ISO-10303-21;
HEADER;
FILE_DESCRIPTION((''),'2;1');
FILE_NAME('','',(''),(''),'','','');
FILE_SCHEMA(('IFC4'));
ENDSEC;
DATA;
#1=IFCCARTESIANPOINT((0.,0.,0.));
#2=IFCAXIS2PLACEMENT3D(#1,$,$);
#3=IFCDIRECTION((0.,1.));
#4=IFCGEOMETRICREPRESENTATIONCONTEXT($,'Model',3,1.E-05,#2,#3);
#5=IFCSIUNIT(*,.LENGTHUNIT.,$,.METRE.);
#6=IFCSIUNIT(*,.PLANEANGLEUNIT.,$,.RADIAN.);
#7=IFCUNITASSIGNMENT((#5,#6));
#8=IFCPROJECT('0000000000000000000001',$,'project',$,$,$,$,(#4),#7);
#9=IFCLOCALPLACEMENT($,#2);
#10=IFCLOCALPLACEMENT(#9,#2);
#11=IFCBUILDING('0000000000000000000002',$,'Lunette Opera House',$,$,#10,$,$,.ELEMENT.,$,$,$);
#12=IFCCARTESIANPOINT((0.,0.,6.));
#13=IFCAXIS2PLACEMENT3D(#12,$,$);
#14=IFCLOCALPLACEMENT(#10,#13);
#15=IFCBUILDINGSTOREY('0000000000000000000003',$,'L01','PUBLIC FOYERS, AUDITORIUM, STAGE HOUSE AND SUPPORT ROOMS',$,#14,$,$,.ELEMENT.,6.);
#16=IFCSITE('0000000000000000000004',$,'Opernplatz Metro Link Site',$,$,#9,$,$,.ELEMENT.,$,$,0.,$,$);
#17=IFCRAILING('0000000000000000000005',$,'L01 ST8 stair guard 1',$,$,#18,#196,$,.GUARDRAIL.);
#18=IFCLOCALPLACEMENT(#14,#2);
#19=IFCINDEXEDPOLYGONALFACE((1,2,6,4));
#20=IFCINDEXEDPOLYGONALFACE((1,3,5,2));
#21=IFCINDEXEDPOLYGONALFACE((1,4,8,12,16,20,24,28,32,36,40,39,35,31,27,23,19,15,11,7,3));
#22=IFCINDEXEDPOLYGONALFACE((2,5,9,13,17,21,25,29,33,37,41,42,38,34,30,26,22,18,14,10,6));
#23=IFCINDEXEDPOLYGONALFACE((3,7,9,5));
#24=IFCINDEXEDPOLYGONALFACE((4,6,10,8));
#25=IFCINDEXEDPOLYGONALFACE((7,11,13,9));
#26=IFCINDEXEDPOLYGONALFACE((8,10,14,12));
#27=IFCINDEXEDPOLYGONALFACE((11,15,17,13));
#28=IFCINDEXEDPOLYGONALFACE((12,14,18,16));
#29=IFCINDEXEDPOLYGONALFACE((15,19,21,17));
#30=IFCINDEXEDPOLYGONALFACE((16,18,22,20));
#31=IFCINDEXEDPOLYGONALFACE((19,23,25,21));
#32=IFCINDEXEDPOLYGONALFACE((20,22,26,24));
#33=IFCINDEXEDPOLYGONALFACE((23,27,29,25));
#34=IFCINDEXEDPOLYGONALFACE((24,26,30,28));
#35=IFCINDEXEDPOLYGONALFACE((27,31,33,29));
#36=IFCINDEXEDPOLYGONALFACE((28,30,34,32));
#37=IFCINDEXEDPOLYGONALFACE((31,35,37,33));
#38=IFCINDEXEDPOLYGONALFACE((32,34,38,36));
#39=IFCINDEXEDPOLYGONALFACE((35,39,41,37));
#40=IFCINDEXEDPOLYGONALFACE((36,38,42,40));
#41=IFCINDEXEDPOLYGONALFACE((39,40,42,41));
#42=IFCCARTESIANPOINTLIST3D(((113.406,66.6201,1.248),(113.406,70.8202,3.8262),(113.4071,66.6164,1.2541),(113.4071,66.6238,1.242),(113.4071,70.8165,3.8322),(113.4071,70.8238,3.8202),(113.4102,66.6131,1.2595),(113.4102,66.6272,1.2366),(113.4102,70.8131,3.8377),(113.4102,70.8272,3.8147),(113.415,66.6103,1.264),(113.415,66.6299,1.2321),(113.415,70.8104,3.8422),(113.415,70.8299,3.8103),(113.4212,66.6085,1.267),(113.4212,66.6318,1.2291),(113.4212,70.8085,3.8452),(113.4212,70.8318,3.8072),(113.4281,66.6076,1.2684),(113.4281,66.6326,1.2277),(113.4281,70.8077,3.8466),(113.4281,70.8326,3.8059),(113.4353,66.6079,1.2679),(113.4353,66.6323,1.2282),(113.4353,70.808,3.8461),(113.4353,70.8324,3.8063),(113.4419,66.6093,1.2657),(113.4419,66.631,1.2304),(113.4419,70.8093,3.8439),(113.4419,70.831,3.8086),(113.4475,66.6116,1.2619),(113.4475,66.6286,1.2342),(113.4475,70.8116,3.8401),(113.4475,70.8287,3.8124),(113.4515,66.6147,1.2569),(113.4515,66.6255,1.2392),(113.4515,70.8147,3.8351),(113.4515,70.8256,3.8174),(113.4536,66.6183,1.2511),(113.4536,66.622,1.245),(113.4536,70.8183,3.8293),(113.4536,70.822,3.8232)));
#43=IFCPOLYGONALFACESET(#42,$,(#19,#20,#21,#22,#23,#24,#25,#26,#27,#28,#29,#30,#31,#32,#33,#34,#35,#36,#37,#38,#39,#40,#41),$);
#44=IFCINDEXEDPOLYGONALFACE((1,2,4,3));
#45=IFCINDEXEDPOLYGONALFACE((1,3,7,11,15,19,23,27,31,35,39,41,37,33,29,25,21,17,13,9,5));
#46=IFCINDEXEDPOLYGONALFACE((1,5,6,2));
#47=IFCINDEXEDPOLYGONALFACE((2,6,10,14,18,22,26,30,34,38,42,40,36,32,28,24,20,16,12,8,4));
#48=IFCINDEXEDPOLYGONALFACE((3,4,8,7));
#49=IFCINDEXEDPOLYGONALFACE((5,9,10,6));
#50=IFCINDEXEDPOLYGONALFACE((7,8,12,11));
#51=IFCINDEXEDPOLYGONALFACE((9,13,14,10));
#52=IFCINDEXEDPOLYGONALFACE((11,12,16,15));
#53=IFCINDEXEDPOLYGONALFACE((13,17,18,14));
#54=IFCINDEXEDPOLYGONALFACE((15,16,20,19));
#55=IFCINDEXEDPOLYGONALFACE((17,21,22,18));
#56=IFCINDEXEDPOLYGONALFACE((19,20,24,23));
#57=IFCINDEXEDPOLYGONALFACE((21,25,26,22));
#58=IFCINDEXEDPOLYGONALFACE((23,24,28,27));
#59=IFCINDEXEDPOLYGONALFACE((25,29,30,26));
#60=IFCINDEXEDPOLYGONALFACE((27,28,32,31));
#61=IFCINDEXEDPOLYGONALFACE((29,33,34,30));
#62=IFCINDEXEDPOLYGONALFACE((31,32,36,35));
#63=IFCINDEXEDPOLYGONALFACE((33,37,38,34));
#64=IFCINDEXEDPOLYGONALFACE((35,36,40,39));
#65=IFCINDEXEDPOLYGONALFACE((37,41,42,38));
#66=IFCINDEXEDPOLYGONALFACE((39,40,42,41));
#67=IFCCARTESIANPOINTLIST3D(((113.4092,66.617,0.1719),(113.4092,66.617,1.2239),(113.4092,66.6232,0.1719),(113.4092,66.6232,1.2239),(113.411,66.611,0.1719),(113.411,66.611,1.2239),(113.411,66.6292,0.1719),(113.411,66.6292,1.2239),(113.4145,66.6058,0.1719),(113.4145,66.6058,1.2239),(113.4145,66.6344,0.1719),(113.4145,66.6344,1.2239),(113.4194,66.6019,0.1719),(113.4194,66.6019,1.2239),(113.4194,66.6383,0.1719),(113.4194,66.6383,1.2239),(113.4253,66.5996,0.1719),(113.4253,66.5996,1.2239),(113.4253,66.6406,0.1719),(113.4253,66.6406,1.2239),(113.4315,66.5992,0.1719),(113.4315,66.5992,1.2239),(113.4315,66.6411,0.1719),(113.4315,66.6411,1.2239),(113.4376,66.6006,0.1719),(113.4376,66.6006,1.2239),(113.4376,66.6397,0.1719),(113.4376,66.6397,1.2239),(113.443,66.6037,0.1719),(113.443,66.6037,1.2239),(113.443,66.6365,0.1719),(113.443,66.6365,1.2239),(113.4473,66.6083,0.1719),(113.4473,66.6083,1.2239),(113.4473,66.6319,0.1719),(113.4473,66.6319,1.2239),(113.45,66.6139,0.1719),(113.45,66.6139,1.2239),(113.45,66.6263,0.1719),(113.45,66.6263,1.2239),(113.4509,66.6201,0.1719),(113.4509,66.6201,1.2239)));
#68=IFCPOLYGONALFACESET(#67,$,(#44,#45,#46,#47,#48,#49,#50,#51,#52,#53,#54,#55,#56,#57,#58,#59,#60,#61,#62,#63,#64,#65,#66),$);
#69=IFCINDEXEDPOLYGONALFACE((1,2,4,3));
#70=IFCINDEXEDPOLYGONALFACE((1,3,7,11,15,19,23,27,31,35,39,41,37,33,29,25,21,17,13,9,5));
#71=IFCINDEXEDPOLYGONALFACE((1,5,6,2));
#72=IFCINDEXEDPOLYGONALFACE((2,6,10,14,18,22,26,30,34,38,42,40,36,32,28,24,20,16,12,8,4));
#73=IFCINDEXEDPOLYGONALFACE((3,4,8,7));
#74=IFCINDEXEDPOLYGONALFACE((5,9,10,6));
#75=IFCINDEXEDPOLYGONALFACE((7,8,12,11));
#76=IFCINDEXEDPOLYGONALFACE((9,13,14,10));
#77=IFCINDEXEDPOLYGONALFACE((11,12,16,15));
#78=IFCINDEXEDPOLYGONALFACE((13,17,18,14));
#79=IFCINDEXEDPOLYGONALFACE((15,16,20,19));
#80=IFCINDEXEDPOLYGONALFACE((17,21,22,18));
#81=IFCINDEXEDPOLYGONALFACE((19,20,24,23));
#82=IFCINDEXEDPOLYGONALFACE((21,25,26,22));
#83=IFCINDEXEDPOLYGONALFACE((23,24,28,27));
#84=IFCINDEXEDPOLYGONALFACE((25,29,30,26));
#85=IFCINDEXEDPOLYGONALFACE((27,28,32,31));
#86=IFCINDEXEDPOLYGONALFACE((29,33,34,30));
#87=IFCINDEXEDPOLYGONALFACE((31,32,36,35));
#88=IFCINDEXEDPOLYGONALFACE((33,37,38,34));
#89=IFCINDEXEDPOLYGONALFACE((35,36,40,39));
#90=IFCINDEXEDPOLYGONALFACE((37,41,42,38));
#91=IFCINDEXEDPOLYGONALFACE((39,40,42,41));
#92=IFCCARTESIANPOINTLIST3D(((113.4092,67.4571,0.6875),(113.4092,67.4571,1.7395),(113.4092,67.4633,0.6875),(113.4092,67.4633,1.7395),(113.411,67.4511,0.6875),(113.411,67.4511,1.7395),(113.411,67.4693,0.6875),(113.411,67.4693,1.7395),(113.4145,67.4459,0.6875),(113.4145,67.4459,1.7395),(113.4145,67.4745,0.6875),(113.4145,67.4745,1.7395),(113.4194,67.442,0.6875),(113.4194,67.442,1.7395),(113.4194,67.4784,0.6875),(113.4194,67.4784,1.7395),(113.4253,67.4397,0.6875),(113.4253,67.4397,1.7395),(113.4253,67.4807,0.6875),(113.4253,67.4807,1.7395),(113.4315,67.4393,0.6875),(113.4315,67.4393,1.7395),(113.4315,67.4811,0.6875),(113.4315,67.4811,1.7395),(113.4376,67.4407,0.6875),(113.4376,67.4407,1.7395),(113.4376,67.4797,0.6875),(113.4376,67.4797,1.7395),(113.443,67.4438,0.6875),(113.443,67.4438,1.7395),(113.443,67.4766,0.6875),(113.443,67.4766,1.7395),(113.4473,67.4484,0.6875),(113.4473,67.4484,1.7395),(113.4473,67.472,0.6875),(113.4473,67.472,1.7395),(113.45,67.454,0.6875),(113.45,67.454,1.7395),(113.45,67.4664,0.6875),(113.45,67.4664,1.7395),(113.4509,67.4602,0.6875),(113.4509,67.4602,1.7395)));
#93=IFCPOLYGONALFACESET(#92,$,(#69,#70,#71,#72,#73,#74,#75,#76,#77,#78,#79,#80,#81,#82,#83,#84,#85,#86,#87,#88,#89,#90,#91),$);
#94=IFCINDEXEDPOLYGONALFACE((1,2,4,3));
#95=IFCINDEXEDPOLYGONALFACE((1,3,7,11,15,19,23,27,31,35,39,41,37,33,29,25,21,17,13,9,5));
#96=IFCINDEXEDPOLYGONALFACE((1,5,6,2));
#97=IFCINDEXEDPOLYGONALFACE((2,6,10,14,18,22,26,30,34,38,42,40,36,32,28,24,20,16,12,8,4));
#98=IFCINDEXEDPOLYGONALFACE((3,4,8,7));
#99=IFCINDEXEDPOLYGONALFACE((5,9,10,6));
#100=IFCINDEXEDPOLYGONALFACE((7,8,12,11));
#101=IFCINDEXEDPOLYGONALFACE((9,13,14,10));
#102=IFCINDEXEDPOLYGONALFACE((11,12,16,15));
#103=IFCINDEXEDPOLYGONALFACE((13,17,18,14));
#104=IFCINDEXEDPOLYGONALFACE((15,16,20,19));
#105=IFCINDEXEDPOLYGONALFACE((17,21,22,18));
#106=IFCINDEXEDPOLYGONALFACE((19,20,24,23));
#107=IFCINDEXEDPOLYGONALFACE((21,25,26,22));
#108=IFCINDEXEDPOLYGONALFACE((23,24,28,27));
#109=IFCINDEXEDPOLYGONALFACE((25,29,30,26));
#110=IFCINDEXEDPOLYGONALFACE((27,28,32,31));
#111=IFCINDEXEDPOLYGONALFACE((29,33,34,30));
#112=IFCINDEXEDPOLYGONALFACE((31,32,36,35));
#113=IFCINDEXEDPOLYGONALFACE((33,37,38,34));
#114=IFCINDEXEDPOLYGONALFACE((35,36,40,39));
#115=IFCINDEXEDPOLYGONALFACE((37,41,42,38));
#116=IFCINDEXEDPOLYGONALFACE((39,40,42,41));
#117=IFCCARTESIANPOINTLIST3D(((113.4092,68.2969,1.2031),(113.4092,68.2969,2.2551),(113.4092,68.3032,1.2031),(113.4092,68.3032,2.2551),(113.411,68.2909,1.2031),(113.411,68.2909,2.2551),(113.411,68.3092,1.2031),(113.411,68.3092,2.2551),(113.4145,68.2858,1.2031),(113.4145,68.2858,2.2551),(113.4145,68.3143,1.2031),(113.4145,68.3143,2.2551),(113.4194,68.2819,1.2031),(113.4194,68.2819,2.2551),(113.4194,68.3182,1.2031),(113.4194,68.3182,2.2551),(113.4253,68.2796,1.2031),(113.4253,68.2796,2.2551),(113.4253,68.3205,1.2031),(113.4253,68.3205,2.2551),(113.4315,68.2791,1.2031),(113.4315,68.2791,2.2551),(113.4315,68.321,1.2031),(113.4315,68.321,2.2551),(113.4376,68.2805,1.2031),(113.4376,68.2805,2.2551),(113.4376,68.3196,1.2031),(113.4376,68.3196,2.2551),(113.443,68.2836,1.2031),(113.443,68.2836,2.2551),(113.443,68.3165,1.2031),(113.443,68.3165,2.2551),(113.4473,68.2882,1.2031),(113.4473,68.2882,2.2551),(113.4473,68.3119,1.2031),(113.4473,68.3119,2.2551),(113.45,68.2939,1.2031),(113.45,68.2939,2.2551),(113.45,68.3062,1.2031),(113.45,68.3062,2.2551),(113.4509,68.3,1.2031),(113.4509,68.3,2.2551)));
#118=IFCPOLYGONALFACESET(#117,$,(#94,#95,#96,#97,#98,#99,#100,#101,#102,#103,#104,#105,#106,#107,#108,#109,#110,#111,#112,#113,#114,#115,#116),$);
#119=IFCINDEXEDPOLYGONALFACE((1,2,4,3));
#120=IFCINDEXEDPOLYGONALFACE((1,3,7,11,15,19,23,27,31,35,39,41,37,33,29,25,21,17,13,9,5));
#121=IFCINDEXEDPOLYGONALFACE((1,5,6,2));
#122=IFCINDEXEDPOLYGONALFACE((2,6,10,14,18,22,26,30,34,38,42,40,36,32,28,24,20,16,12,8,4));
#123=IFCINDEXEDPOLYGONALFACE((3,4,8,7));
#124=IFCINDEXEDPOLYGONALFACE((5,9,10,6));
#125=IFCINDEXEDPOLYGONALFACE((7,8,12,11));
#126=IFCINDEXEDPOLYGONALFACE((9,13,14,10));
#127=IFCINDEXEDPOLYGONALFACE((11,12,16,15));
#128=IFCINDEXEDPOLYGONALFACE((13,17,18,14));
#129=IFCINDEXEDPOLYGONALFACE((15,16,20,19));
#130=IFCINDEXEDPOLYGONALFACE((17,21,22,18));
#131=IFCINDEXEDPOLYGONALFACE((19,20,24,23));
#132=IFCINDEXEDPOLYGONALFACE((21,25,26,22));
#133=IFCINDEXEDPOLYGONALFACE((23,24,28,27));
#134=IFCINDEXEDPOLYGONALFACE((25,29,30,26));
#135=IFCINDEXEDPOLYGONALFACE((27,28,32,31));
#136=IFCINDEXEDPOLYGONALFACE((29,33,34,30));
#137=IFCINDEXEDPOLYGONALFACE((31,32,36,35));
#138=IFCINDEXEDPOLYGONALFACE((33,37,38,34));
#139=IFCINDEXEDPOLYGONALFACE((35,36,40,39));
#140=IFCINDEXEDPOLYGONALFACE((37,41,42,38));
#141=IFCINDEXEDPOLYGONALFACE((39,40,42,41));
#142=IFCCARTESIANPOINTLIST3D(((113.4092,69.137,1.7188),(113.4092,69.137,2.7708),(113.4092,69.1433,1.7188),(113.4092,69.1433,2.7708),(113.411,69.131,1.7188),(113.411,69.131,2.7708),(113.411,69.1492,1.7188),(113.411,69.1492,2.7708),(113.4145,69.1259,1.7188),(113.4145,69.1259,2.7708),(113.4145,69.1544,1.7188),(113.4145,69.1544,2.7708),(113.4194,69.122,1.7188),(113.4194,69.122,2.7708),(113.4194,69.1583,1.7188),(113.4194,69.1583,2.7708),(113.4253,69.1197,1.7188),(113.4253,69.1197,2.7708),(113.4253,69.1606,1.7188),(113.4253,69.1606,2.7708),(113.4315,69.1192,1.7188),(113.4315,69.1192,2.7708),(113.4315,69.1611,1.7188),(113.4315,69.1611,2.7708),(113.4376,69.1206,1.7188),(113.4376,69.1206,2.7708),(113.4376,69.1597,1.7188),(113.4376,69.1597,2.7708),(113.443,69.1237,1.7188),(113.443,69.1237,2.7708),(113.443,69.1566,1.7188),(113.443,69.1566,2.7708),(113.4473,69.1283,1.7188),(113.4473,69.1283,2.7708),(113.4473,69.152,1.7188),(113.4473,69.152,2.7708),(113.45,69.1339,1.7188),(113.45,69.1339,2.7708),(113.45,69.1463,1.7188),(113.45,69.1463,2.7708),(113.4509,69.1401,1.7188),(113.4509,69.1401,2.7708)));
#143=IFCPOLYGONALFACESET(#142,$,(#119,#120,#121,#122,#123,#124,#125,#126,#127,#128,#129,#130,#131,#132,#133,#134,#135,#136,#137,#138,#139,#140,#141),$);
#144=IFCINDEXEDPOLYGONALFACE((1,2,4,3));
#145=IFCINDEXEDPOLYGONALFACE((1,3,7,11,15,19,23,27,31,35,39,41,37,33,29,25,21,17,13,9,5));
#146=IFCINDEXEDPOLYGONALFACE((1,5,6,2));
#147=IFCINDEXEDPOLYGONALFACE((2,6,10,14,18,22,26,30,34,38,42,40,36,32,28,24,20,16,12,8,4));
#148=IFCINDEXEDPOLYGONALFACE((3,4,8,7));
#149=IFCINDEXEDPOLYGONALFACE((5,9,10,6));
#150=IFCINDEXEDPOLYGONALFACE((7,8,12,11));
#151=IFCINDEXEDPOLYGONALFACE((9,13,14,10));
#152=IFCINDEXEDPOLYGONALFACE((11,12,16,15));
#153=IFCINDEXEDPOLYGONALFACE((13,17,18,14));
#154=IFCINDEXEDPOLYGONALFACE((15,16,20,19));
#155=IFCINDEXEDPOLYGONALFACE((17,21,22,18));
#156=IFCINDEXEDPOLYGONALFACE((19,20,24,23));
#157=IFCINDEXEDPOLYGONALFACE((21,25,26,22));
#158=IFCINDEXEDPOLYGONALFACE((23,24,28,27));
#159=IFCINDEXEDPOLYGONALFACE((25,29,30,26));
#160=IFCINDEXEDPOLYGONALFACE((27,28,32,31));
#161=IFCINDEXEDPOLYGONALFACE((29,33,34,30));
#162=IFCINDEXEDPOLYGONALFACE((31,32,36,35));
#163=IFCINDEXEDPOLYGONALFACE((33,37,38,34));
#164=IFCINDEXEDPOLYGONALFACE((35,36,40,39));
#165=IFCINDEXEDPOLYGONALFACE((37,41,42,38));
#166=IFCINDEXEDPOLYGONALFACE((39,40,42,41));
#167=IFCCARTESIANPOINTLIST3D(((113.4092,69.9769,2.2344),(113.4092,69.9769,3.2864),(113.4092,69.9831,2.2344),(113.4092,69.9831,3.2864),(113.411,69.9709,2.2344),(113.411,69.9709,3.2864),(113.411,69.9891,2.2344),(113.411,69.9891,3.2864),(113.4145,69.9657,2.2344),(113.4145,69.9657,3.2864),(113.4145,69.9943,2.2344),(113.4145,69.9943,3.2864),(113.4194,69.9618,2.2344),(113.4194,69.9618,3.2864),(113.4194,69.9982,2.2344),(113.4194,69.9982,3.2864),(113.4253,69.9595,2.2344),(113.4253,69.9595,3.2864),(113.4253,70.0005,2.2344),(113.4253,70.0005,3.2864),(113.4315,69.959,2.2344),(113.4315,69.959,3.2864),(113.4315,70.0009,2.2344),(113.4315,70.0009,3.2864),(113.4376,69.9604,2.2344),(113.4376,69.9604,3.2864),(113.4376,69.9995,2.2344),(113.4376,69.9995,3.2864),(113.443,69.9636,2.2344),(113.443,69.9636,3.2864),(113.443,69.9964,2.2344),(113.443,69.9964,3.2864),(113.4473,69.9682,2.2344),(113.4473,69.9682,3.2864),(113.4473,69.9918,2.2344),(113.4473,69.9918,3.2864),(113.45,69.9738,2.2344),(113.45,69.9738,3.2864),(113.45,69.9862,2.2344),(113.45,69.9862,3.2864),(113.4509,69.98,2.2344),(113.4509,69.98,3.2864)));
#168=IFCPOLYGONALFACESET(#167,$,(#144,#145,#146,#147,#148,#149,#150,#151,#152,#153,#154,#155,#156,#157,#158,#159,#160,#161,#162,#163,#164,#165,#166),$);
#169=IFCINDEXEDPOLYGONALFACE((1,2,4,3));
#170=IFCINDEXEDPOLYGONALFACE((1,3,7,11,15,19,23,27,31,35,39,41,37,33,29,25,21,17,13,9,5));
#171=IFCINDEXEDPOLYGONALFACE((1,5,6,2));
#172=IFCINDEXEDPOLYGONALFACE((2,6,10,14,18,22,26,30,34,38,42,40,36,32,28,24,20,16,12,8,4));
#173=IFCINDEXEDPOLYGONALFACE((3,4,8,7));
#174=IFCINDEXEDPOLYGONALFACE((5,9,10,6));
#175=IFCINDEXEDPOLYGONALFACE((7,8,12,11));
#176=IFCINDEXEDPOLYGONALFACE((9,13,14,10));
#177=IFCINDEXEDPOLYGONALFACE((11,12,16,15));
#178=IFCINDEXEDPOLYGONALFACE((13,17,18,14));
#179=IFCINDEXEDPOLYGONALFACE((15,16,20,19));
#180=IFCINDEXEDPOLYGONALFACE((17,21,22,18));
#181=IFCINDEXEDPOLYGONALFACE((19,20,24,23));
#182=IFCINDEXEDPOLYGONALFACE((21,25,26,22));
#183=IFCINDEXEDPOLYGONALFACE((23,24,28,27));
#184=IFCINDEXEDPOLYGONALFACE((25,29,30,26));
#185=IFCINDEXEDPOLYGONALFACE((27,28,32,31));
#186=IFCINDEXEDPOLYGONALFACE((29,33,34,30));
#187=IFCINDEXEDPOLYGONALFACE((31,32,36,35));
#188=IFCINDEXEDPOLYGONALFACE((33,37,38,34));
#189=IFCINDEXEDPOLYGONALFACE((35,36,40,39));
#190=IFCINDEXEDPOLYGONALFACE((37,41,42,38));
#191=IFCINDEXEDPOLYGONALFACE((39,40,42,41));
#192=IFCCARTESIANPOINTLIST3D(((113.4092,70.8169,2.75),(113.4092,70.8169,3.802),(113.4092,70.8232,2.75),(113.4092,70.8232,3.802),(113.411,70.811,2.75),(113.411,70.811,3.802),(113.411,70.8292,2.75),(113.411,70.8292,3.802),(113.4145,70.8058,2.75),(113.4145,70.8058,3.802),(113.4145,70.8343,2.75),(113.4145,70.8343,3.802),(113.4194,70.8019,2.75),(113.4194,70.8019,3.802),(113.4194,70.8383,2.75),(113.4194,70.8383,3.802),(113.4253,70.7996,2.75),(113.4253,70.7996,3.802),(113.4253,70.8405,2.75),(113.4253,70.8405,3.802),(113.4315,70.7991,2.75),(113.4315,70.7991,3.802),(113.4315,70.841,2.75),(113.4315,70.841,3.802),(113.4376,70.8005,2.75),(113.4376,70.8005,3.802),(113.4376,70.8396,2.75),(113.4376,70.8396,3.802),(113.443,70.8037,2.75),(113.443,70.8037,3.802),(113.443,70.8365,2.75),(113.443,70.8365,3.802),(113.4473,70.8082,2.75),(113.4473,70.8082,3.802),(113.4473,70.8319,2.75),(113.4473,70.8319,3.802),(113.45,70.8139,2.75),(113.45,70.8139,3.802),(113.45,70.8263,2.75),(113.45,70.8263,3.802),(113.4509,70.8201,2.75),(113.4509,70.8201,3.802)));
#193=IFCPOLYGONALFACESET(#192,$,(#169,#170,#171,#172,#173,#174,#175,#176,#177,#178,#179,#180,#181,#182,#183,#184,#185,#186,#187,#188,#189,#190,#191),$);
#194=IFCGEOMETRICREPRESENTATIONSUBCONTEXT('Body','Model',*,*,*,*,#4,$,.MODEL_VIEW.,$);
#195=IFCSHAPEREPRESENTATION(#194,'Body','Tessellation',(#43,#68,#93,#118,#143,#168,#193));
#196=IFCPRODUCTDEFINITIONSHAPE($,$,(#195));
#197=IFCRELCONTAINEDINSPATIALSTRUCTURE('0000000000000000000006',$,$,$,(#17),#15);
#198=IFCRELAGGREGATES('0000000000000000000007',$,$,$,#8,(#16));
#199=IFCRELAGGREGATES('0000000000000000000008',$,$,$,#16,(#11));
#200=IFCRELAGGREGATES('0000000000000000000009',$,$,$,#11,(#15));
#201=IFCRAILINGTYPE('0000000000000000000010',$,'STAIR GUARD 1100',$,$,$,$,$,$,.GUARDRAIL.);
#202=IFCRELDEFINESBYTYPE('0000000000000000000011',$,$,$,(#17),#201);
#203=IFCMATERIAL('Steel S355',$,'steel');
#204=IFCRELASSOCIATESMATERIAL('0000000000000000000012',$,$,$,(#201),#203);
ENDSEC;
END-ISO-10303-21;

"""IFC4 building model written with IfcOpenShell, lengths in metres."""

from ifc_helpers import new_model, si_unit, direction, frame, origin, origin_2d, place, context, subcontext, project, spatial, circle, extrude, material, type_object, element, save


model = new_model("IFC4")

# Units and contexts
model_context = context("Model", 3, precision=1e-05, world=origin(), true_north=direction((0.0, 1.0)))
body_context = subcontext(model_context, "Body", "Model", "MODEL_VIEW")
ifc_project = project(units=[si_unit("LENGTHUNIT", "METRE"), si_unit("PLANEANGLEUNIT", "RADIAN")], contexts=[model_context])

# Site, building, storey
site_placement = place(None, origin())
site = spatial("IfcSite", under=ifc_project, at=site_placement, Name="Opernplatz Metro Link Site", CompositionType="ELEMENT", RefElevation=0.0)
building_placement = place(site_placement, origin())
building = spatial("IfcBuilding", under=site, at=building_placement, Name="Lunette Opera House", CompositionType="ELEMENT")
storey_placement = place(building_placement, frame((0.0, 0.0, 6.0)))
storey = spatial("IfcBuildingStorey", under=building, at=storey_placement, Name="L01", Description="PUBLIC FOYERS, AUDITORIUM, STAGE HOUSE AND SUPPORT ROOMS", CompositionType="ELEMENT", Elevation=6.0)

# Railing
ifc_material_1 = material(Name="Steel S355", Category="steel")
railing_type_1 = type_object("IfcRailingType", Name="STAIR GUARD 1100", PredefinedType="GUARDRAIL", material=ifc_material_1)
railing_1_placement = place(storey_placement, frame((113.4299, 66.6201, 0.1719)))
element("IfcRailing", 1, at=railing_1_placement, inside=storey, type_object=railing_type_1, Name="L01 ST8 stair guard 1", PredefinedType="GUARDRAIL", context=body_context, shape_type="SweptSolid", body=[
    extrude(circle(Radius=0.0239, at=origin_2d()), frame((0.0, 0.0, 1.0762), z_axis=(0.0, 0.852243, 0.523146), x_axis=(-1.0, 0.0, 0.0)), (0.0, 0.0, 1.0), 4.9282),
    extrude(circle(Radius=0.021, at=origin_2d()), origin(), (0.0, 0.0, 1.0), 1.052),
    extrude(circle(Radius=0.021, at=origin_2d()), frame((0.0, 0.8401, 0.5156)), (0.0, 0.0, 1.0), 1.052),
    extrude(circle(Radius=0.021, at=origin_2d()), frame((0.0, 1.6799, 1.0312)), (0.0, 0.0, 1.0), 1.052),
    extrude(circle(Radius=0.021, at=origin_2d()), frame((0.0, 2.52, 1.5469)), (0.0, 0.0, 1.0), 1.052),
    extrude(circle(Radius=0.021, at=origin_2d()), frame((0.0, 3.3599, 2.0625)), (0.0, 0.0, 1.0), 1.052),
    extrude(circle(Radius=0.021, at=origin_2d()), frame((0.0, 4.2, 2.5781)), (0.0, 0.0, 1.0), 1.052),
])

save(model, "model.ifc")
